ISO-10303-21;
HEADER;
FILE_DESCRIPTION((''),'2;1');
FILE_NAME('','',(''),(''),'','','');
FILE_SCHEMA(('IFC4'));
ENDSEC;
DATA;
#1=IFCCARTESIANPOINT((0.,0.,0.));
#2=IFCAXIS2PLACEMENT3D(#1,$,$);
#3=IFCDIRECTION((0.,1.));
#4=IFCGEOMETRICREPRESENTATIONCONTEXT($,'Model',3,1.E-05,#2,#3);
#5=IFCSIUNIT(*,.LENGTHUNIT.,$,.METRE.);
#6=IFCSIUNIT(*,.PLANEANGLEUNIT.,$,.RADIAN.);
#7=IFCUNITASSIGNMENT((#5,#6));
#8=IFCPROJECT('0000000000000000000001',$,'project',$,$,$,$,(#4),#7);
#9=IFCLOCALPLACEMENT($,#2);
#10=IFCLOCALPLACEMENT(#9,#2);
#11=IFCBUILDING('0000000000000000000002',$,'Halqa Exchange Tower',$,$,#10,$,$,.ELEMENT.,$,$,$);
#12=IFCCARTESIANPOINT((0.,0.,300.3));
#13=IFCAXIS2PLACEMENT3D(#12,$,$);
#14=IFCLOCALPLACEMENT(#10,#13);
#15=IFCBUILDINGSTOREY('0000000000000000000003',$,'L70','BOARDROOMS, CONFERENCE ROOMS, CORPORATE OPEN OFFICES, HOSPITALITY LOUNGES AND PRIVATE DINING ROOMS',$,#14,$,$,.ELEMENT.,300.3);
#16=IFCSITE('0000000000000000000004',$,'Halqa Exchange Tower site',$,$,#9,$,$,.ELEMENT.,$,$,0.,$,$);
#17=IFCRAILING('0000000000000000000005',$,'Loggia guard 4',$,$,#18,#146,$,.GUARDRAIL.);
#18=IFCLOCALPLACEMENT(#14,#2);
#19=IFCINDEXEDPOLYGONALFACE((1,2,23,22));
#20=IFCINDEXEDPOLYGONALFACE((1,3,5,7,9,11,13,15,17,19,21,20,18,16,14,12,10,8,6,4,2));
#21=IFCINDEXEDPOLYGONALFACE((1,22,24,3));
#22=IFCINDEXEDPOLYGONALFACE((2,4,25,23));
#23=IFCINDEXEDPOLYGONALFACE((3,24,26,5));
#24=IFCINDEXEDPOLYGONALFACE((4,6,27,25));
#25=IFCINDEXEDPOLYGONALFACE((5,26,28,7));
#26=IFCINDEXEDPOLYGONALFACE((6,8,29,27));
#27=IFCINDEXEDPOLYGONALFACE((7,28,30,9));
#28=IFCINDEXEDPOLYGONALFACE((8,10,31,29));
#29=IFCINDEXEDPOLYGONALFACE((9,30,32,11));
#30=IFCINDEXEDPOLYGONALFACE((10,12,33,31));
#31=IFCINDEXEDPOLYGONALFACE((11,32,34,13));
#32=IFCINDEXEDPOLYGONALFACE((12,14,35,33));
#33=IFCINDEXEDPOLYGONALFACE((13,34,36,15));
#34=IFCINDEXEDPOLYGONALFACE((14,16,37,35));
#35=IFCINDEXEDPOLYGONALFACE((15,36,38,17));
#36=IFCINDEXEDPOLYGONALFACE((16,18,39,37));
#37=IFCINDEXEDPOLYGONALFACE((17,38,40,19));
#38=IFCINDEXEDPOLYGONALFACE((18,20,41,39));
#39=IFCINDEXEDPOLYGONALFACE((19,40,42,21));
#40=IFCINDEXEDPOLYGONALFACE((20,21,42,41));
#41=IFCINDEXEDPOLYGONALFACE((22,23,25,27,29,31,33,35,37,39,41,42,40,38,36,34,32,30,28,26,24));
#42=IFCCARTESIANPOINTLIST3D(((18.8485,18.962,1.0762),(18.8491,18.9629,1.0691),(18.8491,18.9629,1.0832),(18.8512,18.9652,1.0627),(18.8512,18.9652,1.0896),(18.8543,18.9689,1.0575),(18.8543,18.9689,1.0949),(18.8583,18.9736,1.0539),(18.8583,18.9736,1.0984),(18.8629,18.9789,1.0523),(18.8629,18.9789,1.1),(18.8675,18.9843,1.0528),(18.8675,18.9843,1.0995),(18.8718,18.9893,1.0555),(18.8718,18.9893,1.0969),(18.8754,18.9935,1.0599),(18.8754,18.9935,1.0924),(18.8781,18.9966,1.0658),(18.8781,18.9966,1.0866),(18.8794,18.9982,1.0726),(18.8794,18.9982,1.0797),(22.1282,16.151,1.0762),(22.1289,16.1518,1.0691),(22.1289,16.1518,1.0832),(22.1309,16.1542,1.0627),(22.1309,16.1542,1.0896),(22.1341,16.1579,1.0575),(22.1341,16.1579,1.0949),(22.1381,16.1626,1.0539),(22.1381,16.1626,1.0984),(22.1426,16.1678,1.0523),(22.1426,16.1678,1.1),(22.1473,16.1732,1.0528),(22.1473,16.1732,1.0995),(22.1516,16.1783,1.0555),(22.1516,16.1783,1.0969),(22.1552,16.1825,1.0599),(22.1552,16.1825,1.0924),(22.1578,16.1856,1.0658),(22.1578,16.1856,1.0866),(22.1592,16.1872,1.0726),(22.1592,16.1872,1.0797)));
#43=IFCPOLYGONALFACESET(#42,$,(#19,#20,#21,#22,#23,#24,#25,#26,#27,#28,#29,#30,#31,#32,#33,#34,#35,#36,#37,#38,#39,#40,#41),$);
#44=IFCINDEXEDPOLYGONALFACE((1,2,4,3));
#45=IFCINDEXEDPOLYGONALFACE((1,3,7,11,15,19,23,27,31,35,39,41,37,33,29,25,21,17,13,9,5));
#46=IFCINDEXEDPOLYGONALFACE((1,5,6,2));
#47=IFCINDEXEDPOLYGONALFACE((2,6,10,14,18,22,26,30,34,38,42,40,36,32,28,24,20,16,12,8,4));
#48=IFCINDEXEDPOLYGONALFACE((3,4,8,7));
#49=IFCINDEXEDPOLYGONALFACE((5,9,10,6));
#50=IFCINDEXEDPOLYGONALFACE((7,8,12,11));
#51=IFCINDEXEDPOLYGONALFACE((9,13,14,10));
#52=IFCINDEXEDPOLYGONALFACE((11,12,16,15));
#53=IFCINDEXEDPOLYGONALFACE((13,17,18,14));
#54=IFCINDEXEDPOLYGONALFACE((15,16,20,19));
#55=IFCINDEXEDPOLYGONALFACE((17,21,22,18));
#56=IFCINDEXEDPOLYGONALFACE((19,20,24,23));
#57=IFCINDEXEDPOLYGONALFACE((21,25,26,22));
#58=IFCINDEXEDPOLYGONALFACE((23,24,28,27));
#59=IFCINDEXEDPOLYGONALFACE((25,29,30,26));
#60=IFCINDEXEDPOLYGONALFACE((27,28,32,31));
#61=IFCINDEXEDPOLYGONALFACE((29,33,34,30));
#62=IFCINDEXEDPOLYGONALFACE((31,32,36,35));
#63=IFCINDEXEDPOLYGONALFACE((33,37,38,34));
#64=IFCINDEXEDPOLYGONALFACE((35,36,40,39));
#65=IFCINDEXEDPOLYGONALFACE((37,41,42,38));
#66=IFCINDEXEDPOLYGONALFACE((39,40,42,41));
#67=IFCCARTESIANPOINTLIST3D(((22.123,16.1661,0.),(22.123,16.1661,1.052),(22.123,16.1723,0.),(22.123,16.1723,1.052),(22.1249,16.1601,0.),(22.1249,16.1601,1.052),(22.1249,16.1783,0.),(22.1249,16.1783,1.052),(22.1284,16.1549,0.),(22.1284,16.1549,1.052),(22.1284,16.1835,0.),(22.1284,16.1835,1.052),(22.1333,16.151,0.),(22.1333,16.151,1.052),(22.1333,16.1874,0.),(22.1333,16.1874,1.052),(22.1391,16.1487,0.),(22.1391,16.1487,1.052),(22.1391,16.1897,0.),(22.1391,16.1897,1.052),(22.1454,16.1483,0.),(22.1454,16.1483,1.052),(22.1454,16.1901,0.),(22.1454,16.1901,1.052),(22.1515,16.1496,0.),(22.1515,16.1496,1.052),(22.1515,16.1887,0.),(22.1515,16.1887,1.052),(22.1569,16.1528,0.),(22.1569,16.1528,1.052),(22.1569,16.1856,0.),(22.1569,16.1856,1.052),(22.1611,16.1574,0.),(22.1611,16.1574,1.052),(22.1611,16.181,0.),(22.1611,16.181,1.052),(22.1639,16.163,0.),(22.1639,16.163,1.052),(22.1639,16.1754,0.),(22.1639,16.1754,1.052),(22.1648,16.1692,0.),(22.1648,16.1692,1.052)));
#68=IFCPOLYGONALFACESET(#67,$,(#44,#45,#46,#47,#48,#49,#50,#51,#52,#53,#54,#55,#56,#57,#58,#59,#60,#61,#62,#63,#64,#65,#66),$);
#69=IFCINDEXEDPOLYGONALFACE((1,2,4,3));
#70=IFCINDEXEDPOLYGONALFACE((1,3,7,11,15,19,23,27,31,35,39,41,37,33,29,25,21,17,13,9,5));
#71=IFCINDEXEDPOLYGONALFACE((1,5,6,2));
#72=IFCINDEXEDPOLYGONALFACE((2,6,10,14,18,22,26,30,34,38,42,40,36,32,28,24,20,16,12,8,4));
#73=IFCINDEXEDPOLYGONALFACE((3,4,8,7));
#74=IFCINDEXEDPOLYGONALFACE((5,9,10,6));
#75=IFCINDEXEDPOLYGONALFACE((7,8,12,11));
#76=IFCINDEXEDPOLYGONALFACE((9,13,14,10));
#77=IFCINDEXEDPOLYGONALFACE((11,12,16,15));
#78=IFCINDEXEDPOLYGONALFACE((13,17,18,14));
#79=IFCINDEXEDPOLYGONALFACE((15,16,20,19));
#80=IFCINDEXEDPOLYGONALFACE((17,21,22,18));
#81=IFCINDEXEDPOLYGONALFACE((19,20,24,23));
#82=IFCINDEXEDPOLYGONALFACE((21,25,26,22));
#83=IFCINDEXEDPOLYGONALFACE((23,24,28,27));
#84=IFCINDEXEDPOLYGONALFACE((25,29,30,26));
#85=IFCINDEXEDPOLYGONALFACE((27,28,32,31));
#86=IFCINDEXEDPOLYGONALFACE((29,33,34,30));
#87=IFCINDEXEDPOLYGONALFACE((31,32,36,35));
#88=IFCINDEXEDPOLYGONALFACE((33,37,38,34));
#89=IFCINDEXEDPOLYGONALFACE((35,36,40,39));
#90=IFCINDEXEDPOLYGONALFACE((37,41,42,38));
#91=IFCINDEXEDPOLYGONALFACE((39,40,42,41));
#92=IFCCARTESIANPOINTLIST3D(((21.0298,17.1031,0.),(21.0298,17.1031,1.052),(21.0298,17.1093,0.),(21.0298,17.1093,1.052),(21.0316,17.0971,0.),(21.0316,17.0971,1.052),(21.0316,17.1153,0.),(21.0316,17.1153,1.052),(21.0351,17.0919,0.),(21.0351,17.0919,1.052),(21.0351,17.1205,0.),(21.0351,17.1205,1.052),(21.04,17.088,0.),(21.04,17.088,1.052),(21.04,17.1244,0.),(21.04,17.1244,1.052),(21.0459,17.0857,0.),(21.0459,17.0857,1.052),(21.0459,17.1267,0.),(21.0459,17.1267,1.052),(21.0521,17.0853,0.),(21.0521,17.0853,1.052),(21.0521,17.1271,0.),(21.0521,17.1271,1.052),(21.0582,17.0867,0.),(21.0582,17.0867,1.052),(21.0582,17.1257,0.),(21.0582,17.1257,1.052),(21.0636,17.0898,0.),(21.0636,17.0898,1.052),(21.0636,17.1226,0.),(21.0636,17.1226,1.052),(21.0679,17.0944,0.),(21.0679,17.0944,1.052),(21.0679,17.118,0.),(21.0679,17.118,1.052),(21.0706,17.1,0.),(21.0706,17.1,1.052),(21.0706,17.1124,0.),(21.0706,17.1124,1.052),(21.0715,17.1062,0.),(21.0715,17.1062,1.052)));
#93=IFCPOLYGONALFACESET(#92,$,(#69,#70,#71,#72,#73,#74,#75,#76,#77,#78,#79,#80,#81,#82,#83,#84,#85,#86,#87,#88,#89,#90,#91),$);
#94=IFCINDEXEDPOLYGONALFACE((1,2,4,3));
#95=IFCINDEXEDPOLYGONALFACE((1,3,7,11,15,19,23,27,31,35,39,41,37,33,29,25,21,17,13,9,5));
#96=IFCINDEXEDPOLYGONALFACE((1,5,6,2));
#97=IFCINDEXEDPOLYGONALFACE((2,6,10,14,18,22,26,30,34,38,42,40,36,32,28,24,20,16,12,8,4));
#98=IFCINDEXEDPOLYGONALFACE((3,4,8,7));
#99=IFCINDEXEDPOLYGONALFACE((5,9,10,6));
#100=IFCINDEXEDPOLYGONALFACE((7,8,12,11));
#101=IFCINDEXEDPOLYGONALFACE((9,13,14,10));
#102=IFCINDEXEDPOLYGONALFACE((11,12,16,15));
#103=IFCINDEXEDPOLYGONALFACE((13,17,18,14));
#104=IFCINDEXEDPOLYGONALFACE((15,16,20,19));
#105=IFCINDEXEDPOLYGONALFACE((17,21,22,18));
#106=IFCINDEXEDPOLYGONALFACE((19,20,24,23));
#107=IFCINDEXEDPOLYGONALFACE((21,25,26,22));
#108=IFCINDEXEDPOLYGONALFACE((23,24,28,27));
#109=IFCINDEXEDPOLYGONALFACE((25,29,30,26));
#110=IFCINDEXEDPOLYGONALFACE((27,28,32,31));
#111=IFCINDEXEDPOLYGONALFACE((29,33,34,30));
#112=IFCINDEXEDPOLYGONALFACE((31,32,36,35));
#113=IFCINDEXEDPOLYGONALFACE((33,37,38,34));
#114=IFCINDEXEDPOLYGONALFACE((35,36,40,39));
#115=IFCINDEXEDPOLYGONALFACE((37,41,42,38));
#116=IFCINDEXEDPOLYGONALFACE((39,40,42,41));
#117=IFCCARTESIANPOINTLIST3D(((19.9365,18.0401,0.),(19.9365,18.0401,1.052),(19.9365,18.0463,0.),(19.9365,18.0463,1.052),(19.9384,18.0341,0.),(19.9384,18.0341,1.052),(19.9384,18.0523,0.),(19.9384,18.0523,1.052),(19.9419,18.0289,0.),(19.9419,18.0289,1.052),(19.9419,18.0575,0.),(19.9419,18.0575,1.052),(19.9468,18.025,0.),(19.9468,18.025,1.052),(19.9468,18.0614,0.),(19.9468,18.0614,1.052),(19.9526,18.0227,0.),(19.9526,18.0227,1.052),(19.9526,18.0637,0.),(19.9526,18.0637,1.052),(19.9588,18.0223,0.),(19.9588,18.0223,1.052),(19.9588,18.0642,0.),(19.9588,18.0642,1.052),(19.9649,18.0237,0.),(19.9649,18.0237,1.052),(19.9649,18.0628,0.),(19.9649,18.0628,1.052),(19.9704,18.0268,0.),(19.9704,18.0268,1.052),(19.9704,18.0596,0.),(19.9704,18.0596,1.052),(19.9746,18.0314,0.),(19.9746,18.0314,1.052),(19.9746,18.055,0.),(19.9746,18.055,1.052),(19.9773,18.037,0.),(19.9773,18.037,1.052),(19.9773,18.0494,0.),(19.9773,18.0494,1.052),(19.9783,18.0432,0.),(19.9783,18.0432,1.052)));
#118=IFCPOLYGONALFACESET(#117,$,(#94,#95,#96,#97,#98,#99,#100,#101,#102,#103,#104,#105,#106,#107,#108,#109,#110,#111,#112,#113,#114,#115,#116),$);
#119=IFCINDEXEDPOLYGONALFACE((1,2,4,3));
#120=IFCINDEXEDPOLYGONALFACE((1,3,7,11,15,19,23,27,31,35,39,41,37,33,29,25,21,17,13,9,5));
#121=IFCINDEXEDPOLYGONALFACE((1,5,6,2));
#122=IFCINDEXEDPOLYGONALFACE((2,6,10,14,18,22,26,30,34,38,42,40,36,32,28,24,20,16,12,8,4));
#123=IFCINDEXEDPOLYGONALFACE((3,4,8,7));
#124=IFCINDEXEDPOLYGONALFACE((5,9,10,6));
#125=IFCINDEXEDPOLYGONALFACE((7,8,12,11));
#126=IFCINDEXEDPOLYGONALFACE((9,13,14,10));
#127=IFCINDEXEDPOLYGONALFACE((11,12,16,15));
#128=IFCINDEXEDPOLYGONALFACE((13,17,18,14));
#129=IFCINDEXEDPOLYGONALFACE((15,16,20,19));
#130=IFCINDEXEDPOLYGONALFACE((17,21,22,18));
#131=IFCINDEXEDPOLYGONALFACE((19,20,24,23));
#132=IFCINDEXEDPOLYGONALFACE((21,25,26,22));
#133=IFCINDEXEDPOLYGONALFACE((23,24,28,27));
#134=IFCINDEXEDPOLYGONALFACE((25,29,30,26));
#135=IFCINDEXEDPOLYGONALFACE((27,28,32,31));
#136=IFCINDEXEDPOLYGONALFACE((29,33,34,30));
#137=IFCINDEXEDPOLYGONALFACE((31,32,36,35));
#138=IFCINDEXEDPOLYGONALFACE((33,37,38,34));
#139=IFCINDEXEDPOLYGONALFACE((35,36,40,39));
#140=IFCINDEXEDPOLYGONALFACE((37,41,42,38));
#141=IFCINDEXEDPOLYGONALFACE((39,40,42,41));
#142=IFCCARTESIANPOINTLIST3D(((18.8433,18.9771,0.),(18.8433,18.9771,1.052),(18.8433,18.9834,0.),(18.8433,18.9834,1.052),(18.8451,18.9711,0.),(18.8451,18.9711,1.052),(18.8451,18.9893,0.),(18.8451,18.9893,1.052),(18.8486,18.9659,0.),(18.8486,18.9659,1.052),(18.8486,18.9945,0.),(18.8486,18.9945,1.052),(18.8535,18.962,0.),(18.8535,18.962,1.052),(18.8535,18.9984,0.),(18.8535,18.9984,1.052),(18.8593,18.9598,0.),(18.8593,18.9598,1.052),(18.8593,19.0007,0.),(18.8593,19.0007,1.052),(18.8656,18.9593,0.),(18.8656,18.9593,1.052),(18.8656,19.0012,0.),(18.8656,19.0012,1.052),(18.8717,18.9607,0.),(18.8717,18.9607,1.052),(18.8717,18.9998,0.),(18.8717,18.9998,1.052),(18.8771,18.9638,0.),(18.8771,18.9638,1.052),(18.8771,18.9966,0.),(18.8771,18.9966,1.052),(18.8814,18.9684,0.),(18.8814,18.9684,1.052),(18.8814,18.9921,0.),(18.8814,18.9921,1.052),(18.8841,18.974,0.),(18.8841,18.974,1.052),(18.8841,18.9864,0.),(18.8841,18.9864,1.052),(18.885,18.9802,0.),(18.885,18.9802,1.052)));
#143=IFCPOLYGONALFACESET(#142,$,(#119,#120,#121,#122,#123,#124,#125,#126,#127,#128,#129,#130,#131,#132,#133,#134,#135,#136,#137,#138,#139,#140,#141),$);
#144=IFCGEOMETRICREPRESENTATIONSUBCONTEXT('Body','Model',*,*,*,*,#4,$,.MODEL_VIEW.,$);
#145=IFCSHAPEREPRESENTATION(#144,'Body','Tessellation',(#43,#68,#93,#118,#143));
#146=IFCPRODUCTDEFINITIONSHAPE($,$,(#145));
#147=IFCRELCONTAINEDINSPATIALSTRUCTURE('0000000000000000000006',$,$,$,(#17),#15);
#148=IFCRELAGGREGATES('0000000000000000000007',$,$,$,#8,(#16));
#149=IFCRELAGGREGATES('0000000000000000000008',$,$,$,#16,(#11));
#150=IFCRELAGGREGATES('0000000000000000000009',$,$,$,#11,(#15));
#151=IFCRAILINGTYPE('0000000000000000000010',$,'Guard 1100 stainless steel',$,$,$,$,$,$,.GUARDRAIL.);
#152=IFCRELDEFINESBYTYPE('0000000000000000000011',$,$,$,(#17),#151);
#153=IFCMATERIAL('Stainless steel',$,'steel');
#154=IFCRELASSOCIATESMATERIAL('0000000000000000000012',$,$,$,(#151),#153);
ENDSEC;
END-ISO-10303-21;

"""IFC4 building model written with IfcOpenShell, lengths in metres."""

from ifc_helpers import new_model, si_unit, direction, frame, origin, origin_2d, place, context, subcontext, project, spatial, circle, extrude, material, type_object, element, save


model = new_model("IFC4")

# Units and contexts
model_context = context("Model", 3, precision=1e-05, world=origin(), true_north=direction((0.0, 1.0)))
body_context = subcontext(model_context, "Body", "Model", "MODEL_VIEW")
ifc_project = project(units=[si_unit("LENGTHUNIT", "METRE"), si_unit("PLANEANGLEUNIT", "RADIAN")], contexts=[model_context])

# Site, building, storey
site_placement = place(None, origin())
site = spatial("IfcSite", under=ifc_project, at=site_placement, Name="Halqa Exchange Tower site", CompositionType="ELEMENT", RefElevation=0.0)
building_placement = place(site_placement, origin())
building = spatial("IfcBuilding", under=site, at=building_placement, Name="Halqa Exchange Tower", CompositionType="ELEMENT")
storey_placement = place(building_placement, frame((0.0, 0.0, 300.3)))
storey = spatial("IfcBuildingStorey", under=building, at=storey_placement, Name="L70", Description="BOARDROOMS, CONFERENCE ROOMS, CORPORATE OPEN OFFICES, HOSPITALITY LOUNGES AND PRIVATE DINING ROOMS", CompositionType="ELEMENT", Elevation=300.3)

# Railing
ifc_material_1 = material(Name="Stainless steel", Category="steel")
railing_type = type_object("IfcRailingType", Name="Guard 1100 stainless steel", PredefinedType="GUARDRAIL", material=ifc_material_1)
railing_1_placement = place(storey_placement, frame((22.1438, 16.1692, 0.0)))
element("IfcRailing", 1, at=railing_1_placement, inside=storey, type_object=railing_type, Name="Loggia guard 4", PredefinedType="GUARDRAIL", context=body_context, shape_type="SweptSolid", body=[
    extrude(circle(Radius=0.0239, at=origin_2d()), frame((0.0, 0.0, 1.0762), z_axis=(-0.759281, 0.650763, 0.0), x_axis=(-0.650763, -0.759281, 0.0)), (0.0, 0.0, 1.0), 4.3196),
    extrude(circle(Radius=0.021, at=origin_2d()), origin(), (0.0, 0.0, 1.0), 1.052),
    extrude(circle(Radius=0.021, at=origin_2d()), frame((-1.0933, 0.937, 0.0)), (0.0, 0.0, 1.0), 1.052),
    extrude(circle(Radius=0.021, at=origin_2d()), frame((-2.1865, 1.874, 0.0)), (0.0, 0.0, 1.0), 1.052),
    extrude(circle(Radius=0.021, at=origin_2d()), frame((-3.2798, 2.811, 0.0)), (0.0, 0.0, 1.0), 1.052),
])

save(model, "model.ifc")
